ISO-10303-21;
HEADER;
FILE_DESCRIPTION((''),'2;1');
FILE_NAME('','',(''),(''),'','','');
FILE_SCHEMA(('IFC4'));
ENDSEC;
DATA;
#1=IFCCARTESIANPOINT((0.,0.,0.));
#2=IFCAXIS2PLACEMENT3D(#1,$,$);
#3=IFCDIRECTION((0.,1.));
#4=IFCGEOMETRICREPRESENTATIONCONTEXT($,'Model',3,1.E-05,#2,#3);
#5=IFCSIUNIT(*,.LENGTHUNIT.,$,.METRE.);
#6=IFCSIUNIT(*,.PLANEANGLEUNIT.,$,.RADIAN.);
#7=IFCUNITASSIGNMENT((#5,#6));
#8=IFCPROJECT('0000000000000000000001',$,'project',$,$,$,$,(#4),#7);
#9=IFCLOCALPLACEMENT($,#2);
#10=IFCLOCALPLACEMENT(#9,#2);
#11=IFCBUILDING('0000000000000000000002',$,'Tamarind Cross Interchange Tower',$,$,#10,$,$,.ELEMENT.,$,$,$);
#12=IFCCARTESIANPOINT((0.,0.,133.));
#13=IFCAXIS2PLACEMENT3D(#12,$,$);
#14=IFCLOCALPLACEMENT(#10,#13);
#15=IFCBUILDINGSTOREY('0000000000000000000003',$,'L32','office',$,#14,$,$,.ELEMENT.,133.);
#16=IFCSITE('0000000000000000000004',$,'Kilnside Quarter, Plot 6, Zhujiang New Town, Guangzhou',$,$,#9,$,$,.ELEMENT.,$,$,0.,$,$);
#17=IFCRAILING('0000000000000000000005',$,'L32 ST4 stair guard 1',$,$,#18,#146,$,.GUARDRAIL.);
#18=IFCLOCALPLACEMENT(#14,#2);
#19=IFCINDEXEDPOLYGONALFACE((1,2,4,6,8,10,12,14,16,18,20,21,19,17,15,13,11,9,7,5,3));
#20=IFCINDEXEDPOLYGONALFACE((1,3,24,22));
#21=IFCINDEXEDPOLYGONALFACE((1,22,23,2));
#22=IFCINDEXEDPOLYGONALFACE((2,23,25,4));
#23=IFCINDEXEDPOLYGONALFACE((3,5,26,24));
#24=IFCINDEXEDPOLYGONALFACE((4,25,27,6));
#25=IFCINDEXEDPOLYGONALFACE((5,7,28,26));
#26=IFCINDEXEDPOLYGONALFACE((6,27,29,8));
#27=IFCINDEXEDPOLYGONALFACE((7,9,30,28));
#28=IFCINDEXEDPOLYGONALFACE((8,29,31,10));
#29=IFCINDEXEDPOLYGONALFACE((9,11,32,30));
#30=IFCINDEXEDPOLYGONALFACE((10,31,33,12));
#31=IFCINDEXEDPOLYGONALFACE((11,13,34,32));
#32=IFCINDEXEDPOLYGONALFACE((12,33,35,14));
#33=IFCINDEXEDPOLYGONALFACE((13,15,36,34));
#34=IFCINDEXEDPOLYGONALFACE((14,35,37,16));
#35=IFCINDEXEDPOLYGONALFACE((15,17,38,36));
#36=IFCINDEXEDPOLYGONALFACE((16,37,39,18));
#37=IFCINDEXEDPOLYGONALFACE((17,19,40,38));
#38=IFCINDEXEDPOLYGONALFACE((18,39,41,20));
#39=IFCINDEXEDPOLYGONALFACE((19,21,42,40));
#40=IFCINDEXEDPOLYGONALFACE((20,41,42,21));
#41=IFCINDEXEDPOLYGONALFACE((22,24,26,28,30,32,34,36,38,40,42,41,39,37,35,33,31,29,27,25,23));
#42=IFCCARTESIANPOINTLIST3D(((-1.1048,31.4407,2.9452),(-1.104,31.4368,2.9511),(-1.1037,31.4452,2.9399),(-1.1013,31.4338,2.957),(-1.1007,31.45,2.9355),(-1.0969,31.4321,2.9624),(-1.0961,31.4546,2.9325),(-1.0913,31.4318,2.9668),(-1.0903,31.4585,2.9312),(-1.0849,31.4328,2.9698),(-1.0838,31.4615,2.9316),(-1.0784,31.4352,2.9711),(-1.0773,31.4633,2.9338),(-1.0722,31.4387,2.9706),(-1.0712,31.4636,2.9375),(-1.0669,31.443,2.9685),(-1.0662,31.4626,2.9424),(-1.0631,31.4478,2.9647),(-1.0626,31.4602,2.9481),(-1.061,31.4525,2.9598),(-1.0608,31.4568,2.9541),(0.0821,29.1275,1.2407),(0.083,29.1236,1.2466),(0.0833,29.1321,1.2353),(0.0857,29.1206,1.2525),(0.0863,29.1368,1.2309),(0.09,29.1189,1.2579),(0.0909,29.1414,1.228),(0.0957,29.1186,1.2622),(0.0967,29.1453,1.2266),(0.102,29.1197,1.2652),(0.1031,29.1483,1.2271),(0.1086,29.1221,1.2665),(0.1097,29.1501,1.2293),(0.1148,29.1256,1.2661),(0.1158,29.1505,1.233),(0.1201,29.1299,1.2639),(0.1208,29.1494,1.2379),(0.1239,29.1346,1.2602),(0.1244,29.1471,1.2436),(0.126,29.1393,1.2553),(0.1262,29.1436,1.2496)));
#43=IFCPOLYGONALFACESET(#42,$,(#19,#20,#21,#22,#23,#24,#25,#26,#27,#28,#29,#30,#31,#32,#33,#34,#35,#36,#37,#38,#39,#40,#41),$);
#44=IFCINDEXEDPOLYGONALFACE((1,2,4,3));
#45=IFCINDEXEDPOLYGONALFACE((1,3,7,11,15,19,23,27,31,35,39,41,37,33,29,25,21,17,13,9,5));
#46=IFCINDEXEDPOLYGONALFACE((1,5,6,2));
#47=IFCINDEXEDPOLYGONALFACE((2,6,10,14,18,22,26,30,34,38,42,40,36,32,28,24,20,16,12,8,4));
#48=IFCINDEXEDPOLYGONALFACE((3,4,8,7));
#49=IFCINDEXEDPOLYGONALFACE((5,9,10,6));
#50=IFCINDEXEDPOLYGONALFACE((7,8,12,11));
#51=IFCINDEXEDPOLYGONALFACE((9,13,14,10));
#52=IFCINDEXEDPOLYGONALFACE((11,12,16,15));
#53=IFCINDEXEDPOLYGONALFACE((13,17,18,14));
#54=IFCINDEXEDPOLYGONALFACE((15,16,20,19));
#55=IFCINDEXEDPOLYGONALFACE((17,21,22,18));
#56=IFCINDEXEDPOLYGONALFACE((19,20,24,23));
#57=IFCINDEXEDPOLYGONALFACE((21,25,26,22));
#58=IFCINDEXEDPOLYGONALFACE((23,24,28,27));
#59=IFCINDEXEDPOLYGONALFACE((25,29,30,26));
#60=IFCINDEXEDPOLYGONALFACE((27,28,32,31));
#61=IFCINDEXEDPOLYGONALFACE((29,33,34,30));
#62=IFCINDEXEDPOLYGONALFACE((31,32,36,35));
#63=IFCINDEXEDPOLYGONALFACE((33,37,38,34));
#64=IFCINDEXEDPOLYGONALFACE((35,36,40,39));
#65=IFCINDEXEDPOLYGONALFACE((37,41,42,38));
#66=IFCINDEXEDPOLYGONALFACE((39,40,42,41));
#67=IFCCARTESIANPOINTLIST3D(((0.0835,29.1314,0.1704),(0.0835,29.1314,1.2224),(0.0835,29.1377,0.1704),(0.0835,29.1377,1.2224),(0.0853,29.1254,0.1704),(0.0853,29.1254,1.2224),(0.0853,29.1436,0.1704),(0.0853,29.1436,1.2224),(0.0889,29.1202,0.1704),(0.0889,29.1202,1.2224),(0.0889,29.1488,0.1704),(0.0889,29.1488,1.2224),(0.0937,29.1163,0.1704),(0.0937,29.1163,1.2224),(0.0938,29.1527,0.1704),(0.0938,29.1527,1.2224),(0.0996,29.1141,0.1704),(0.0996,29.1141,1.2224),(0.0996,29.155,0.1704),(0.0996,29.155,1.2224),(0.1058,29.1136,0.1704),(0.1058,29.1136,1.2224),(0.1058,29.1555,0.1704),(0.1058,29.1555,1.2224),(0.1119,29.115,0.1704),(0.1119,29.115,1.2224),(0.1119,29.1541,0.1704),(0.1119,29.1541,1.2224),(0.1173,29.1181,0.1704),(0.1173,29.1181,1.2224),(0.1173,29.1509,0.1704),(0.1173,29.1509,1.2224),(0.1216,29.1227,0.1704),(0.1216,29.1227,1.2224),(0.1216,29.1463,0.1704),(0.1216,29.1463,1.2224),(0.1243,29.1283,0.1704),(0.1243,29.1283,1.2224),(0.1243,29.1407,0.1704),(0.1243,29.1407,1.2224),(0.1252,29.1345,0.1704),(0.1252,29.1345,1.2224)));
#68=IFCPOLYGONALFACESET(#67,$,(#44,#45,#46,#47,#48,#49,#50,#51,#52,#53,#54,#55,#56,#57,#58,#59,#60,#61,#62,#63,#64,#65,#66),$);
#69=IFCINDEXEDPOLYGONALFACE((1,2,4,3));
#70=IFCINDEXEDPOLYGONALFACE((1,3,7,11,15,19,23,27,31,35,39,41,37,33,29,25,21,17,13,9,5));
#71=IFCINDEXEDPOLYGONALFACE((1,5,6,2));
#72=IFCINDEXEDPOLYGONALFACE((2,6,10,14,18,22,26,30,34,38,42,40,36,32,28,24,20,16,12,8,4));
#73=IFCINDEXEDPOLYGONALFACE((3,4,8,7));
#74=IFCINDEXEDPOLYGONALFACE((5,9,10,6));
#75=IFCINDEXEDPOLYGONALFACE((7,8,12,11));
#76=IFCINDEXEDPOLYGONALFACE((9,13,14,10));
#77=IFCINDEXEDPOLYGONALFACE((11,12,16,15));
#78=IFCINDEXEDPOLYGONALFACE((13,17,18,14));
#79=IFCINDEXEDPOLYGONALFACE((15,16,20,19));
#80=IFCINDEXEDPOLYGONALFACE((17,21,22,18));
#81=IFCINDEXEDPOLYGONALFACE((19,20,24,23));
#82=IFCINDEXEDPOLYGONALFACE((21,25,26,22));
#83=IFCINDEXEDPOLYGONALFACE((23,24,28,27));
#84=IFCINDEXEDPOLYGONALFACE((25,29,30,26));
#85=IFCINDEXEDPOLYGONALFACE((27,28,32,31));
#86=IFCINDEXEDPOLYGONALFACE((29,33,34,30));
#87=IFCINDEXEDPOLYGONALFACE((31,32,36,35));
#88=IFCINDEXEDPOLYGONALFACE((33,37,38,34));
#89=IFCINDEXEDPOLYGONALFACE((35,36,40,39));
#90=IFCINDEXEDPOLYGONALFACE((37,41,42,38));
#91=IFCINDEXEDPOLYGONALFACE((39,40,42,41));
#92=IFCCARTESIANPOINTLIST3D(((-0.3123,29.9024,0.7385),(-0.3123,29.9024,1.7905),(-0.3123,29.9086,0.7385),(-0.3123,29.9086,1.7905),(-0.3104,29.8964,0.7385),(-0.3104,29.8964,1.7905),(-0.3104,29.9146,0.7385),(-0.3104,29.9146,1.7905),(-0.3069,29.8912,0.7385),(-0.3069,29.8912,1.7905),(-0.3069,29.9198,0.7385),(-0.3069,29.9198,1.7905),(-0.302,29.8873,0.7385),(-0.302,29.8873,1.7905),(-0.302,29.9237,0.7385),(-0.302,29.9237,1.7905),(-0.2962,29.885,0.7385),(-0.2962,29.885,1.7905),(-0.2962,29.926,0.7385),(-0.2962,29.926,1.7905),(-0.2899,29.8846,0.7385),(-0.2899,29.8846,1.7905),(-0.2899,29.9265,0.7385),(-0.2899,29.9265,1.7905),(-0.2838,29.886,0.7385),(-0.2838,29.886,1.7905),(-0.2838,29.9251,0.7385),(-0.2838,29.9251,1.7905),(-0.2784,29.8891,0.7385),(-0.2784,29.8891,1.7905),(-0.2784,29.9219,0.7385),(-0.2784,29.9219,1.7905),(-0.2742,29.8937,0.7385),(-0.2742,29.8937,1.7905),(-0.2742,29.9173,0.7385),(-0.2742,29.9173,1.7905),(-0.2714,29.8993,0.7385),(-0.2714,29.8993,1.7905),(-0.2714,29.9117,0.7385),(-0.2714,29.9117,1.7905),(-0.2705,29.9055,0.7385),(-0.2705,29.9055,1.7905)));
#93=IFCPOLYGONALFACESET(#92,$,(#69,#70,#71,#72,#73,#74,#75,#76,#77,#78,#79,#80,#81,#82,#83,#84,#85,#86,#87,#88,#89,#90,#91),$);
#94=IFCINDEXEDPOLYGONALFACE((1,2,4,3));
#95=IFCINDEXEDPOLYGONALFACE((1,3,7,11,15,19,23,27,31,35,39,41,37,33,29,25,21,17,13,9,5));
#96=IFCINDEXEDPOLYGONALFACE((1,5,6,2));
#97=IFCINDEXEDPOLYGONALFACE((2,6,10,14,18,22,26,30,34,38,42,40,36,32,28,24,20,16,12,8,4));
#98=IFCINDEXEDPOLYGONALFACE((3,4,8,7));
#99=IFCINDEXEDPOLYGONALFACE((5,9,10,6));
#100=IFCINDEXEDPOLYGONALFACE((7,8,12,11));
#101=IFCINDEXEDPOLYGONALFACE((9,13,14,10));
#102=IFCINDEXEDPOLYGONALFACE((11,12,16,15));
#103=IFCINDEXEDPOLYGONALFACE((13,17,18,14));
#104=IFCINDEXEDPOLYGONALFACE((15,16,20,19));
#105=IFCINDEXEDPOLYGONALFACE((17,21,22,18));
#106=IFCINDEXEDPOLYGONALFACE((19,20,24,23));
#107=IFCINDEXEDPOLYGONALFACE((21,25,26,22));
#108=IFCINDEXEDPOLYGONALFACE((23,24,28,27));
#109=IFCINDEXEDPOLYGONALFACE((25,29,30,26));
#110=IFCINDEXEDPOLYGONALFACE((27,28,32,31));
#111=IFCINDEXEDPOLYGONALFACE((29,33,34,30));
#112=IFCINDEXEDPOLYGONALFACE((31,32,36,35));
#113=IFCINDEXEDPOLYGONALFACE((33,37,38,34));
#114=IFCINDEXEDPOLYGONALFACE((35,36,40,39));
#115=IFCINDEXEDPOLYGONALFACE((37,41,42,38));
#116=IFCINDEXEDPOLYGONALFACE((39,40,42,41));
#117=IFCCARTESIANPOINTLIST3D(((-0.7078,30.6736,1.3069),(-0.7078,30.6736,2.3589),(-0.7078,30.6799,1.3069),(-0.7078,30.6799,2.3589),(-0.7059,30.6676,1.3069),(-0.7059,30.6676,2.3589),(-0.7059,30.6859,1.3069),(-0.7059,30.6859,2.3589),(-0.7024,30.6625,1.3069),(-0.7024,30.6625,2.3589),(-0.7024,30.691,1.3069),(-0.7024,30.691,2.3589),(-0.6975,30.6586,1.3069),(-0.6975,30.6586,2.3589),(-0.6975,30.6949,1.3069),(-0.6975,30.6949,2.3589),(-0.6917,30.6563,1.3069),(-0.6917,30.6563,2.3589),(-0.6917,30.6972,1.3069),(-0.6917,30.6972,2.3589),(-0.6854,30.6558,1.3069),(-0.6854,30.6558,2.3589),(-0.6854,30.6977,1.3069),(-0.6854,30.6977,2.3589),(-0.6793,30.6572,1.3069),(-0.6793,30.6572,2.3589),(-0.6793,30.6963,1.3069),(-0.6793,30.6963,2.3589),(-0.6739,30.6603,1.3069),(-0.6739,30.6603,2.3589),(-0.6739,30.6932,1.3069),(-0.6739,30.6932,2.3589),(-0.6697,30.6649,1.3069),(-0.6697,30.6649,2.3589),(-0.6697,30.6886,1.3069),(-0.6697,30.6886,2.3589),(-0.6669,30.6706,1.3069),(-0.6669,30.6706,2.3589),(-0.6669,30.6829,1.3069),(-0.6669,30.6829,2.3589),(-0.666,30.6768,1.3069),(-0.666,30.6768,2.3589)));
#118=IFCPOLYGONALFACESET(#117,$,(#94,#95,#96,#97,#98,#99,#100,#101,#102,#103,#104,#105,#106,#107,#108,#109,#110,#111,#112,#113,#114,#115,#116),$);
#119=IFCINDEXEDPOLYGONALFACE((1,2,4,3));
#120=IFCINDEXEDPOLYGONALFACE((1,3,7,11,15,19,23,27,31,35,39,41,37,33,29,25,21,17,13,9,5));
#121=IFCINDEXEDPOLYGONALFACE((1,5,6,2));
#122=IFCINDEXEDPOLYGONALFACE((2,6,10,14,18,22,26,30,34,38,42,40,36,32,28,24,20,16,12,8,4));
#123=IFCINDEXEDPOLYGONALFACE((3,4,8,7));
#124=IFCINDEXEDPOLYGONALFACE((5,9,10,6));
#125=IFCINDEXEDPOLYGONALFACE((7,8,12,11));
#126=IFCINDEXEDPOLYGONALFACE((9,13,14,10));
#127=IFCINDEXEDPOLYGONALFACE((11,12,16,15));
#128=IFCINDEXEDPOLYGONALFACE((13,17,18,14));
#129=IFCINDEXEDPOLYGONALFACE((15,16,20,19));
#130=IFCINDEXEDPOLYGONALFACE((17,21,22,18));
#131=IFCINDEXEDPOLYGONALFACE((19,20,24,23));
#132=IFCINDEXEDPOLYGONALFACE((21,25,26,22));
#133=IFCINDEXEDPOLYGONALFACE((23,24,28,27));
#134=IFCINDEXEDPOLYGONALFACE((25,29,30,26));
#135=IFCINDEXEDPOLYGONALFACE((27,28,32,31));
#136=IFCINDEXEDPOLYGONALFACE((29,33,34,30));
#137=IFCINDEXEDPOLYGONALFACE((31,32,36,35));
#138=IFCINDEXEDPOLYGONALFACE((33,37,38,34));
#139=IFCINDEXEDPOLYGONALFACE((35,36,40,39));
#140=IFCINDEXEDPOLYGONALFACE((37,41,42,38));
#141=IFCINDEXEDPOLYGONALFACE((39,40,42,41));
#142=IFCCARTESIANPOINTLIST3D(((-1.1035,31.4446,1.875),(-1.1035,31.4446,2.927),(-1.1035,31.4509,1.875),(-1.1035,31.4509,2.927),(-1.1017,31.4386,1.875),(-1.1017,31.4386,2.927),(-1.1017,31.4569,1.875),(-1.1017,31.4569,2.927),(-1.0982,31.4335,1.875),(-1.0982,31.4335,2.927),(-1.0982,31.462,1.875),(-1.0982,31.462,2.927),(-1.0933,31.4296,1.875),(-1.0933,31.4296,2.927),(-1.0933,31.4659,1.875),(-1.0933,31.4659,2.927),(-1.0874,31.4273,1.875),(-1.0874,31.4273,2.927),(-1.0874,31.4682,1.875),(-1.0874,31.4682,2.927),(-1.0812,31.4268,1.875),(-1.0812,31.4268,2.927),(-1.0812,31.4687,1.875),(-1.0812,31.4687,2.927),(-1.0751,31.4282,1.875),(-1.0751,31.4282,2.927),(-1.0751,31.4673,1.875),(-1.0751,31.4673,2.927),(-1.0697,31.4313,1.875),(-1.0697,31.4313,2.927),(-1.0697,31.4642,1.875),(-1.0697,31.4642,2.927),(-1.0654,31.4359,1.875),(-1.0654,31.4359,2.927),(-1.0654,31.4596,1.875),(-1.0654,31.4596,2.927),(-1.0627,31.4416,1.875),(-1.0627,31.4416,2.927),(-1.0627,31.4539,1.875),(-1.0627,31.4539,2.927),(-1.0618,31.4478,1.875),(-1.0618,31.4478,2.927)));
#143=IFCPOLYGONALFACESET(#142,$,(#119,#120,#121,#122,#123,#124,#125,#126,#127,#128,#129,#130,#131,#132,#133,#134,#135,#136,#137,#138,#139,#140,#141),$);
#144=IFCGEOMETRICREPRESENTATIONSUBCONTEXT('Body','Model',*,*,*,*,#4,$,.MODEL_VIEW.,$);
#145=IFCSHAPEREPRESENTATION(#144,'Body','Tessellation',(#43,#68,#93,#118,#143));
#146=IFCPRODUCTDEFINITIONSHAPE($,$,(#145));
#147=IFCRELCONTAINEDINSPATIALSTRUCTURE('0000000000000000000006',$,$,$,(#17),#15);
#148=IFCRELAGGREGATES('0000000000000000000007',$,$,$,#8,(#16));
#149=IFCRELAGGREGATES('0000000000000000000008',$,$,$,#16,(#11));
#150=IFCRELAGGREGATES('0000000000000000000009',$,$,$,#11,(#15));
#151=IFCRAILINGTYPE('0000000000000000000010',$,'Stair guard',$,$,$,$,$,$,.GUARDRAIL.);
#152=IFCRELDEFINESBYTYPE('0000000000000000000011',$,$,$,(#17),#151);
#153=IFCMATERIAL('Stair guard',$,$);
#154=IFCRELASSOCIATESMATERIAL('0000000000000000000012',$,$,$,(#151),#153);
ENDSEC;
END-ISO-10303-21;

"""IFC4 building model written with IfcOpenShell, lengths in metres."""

from ifc_helpers import new_model, si_unit, direction, frame, origin, origin_2d, place, context, subcontext, project, spatial, circle, extrude, material, type_object, element, save


model = new_model("IFC4")

# Units and contexts
model_context = context("Model", 3, precision=1e-05, world=origin(), true_north=direction((0.0, 1.0)))
body_context = subcontext(model_context, "Body", "Model", "MODEL_VIEW")
ifc_project = project(units=[si_unit("LENGTHUNIT", "METRE"), si_unit("PLANEANGLEUNIT", "RADIAN")], contexts=[model_context])

# Site, building, storey
site_placement = place(None, origin())
site = spatial("IfcSite", under=ifc_project, at=site_placement, Name="Kilnside Quarter, Plot 6, Zhujiang New Town, Guangzhou", CompositionType="ELEMENT", RefElevation=0.0)
building_placement = place(site_placement, origin())
building = spatial("IfcBuilding", under=site, at=building_placement, Name="Tamarind Cross Interchange Tower", CompositionType="ELEMENT")
storey_placement = place(building_placement, frame((0.0, 0.0, 133.0)))
storey = spatial("IfcBuildingStorey", under=building, at=storey_placement, Name="L32", Description="office", CompositionType="ELEMENT", Elevation=133.0)

# Railing
ifc_material_1 = material(Name="Stair guard")
railing_type_1 = type_object("IfcRailingType", Name="Stair guard", PredefinedType="GUARDRAIL", material=ifc_material_1)
railing_1_placement = place(storey_placement, frame((0.1042, 29.1345, 0.1704)))
element("IfcRailing", 1, at=railing_1_placement, inside=storey, type_object=railing_type_1, Name="L32 ST4 stair guard 1", PredefinedType="GUARDRAIL", context=body_context, shape_type="SweptSolid", body=[
    extrude(circle(Radius=0.0239, at=origin_2d()), frame((0.0, 0.0, 1.0762), z_axis=(-0.381803, 0.744052, 0.548282), x_axis=(-0.889702, -0.456542, 0.0)), (0.0, 0.0, 1.0), 3.1089),
    extrude(circle(Radius=0.021, at=origin_2d()), origin(), (0.0, 0.0, 1.0), 1.052),
    extrude(circle(Radius=0.021, at=origin_2d()), frame((-0.3958, 0.771, 0.5681)), (0.0, 0.0, 1.0), 1.052),
    extrude(circle(Radius=0.021, at=origin_2d()), frame((-0.7913, 1.5422, 1.1365)), (0.0, 0.0, 1.0), 1.052),
    extrude(circle(Radius=0.021, at=origin_2d()), frame((-1.187, 2.3132, 1.7046)), (0.0, 0.0, 1.0), 1.052),
])

save(model, "model.ifc")
